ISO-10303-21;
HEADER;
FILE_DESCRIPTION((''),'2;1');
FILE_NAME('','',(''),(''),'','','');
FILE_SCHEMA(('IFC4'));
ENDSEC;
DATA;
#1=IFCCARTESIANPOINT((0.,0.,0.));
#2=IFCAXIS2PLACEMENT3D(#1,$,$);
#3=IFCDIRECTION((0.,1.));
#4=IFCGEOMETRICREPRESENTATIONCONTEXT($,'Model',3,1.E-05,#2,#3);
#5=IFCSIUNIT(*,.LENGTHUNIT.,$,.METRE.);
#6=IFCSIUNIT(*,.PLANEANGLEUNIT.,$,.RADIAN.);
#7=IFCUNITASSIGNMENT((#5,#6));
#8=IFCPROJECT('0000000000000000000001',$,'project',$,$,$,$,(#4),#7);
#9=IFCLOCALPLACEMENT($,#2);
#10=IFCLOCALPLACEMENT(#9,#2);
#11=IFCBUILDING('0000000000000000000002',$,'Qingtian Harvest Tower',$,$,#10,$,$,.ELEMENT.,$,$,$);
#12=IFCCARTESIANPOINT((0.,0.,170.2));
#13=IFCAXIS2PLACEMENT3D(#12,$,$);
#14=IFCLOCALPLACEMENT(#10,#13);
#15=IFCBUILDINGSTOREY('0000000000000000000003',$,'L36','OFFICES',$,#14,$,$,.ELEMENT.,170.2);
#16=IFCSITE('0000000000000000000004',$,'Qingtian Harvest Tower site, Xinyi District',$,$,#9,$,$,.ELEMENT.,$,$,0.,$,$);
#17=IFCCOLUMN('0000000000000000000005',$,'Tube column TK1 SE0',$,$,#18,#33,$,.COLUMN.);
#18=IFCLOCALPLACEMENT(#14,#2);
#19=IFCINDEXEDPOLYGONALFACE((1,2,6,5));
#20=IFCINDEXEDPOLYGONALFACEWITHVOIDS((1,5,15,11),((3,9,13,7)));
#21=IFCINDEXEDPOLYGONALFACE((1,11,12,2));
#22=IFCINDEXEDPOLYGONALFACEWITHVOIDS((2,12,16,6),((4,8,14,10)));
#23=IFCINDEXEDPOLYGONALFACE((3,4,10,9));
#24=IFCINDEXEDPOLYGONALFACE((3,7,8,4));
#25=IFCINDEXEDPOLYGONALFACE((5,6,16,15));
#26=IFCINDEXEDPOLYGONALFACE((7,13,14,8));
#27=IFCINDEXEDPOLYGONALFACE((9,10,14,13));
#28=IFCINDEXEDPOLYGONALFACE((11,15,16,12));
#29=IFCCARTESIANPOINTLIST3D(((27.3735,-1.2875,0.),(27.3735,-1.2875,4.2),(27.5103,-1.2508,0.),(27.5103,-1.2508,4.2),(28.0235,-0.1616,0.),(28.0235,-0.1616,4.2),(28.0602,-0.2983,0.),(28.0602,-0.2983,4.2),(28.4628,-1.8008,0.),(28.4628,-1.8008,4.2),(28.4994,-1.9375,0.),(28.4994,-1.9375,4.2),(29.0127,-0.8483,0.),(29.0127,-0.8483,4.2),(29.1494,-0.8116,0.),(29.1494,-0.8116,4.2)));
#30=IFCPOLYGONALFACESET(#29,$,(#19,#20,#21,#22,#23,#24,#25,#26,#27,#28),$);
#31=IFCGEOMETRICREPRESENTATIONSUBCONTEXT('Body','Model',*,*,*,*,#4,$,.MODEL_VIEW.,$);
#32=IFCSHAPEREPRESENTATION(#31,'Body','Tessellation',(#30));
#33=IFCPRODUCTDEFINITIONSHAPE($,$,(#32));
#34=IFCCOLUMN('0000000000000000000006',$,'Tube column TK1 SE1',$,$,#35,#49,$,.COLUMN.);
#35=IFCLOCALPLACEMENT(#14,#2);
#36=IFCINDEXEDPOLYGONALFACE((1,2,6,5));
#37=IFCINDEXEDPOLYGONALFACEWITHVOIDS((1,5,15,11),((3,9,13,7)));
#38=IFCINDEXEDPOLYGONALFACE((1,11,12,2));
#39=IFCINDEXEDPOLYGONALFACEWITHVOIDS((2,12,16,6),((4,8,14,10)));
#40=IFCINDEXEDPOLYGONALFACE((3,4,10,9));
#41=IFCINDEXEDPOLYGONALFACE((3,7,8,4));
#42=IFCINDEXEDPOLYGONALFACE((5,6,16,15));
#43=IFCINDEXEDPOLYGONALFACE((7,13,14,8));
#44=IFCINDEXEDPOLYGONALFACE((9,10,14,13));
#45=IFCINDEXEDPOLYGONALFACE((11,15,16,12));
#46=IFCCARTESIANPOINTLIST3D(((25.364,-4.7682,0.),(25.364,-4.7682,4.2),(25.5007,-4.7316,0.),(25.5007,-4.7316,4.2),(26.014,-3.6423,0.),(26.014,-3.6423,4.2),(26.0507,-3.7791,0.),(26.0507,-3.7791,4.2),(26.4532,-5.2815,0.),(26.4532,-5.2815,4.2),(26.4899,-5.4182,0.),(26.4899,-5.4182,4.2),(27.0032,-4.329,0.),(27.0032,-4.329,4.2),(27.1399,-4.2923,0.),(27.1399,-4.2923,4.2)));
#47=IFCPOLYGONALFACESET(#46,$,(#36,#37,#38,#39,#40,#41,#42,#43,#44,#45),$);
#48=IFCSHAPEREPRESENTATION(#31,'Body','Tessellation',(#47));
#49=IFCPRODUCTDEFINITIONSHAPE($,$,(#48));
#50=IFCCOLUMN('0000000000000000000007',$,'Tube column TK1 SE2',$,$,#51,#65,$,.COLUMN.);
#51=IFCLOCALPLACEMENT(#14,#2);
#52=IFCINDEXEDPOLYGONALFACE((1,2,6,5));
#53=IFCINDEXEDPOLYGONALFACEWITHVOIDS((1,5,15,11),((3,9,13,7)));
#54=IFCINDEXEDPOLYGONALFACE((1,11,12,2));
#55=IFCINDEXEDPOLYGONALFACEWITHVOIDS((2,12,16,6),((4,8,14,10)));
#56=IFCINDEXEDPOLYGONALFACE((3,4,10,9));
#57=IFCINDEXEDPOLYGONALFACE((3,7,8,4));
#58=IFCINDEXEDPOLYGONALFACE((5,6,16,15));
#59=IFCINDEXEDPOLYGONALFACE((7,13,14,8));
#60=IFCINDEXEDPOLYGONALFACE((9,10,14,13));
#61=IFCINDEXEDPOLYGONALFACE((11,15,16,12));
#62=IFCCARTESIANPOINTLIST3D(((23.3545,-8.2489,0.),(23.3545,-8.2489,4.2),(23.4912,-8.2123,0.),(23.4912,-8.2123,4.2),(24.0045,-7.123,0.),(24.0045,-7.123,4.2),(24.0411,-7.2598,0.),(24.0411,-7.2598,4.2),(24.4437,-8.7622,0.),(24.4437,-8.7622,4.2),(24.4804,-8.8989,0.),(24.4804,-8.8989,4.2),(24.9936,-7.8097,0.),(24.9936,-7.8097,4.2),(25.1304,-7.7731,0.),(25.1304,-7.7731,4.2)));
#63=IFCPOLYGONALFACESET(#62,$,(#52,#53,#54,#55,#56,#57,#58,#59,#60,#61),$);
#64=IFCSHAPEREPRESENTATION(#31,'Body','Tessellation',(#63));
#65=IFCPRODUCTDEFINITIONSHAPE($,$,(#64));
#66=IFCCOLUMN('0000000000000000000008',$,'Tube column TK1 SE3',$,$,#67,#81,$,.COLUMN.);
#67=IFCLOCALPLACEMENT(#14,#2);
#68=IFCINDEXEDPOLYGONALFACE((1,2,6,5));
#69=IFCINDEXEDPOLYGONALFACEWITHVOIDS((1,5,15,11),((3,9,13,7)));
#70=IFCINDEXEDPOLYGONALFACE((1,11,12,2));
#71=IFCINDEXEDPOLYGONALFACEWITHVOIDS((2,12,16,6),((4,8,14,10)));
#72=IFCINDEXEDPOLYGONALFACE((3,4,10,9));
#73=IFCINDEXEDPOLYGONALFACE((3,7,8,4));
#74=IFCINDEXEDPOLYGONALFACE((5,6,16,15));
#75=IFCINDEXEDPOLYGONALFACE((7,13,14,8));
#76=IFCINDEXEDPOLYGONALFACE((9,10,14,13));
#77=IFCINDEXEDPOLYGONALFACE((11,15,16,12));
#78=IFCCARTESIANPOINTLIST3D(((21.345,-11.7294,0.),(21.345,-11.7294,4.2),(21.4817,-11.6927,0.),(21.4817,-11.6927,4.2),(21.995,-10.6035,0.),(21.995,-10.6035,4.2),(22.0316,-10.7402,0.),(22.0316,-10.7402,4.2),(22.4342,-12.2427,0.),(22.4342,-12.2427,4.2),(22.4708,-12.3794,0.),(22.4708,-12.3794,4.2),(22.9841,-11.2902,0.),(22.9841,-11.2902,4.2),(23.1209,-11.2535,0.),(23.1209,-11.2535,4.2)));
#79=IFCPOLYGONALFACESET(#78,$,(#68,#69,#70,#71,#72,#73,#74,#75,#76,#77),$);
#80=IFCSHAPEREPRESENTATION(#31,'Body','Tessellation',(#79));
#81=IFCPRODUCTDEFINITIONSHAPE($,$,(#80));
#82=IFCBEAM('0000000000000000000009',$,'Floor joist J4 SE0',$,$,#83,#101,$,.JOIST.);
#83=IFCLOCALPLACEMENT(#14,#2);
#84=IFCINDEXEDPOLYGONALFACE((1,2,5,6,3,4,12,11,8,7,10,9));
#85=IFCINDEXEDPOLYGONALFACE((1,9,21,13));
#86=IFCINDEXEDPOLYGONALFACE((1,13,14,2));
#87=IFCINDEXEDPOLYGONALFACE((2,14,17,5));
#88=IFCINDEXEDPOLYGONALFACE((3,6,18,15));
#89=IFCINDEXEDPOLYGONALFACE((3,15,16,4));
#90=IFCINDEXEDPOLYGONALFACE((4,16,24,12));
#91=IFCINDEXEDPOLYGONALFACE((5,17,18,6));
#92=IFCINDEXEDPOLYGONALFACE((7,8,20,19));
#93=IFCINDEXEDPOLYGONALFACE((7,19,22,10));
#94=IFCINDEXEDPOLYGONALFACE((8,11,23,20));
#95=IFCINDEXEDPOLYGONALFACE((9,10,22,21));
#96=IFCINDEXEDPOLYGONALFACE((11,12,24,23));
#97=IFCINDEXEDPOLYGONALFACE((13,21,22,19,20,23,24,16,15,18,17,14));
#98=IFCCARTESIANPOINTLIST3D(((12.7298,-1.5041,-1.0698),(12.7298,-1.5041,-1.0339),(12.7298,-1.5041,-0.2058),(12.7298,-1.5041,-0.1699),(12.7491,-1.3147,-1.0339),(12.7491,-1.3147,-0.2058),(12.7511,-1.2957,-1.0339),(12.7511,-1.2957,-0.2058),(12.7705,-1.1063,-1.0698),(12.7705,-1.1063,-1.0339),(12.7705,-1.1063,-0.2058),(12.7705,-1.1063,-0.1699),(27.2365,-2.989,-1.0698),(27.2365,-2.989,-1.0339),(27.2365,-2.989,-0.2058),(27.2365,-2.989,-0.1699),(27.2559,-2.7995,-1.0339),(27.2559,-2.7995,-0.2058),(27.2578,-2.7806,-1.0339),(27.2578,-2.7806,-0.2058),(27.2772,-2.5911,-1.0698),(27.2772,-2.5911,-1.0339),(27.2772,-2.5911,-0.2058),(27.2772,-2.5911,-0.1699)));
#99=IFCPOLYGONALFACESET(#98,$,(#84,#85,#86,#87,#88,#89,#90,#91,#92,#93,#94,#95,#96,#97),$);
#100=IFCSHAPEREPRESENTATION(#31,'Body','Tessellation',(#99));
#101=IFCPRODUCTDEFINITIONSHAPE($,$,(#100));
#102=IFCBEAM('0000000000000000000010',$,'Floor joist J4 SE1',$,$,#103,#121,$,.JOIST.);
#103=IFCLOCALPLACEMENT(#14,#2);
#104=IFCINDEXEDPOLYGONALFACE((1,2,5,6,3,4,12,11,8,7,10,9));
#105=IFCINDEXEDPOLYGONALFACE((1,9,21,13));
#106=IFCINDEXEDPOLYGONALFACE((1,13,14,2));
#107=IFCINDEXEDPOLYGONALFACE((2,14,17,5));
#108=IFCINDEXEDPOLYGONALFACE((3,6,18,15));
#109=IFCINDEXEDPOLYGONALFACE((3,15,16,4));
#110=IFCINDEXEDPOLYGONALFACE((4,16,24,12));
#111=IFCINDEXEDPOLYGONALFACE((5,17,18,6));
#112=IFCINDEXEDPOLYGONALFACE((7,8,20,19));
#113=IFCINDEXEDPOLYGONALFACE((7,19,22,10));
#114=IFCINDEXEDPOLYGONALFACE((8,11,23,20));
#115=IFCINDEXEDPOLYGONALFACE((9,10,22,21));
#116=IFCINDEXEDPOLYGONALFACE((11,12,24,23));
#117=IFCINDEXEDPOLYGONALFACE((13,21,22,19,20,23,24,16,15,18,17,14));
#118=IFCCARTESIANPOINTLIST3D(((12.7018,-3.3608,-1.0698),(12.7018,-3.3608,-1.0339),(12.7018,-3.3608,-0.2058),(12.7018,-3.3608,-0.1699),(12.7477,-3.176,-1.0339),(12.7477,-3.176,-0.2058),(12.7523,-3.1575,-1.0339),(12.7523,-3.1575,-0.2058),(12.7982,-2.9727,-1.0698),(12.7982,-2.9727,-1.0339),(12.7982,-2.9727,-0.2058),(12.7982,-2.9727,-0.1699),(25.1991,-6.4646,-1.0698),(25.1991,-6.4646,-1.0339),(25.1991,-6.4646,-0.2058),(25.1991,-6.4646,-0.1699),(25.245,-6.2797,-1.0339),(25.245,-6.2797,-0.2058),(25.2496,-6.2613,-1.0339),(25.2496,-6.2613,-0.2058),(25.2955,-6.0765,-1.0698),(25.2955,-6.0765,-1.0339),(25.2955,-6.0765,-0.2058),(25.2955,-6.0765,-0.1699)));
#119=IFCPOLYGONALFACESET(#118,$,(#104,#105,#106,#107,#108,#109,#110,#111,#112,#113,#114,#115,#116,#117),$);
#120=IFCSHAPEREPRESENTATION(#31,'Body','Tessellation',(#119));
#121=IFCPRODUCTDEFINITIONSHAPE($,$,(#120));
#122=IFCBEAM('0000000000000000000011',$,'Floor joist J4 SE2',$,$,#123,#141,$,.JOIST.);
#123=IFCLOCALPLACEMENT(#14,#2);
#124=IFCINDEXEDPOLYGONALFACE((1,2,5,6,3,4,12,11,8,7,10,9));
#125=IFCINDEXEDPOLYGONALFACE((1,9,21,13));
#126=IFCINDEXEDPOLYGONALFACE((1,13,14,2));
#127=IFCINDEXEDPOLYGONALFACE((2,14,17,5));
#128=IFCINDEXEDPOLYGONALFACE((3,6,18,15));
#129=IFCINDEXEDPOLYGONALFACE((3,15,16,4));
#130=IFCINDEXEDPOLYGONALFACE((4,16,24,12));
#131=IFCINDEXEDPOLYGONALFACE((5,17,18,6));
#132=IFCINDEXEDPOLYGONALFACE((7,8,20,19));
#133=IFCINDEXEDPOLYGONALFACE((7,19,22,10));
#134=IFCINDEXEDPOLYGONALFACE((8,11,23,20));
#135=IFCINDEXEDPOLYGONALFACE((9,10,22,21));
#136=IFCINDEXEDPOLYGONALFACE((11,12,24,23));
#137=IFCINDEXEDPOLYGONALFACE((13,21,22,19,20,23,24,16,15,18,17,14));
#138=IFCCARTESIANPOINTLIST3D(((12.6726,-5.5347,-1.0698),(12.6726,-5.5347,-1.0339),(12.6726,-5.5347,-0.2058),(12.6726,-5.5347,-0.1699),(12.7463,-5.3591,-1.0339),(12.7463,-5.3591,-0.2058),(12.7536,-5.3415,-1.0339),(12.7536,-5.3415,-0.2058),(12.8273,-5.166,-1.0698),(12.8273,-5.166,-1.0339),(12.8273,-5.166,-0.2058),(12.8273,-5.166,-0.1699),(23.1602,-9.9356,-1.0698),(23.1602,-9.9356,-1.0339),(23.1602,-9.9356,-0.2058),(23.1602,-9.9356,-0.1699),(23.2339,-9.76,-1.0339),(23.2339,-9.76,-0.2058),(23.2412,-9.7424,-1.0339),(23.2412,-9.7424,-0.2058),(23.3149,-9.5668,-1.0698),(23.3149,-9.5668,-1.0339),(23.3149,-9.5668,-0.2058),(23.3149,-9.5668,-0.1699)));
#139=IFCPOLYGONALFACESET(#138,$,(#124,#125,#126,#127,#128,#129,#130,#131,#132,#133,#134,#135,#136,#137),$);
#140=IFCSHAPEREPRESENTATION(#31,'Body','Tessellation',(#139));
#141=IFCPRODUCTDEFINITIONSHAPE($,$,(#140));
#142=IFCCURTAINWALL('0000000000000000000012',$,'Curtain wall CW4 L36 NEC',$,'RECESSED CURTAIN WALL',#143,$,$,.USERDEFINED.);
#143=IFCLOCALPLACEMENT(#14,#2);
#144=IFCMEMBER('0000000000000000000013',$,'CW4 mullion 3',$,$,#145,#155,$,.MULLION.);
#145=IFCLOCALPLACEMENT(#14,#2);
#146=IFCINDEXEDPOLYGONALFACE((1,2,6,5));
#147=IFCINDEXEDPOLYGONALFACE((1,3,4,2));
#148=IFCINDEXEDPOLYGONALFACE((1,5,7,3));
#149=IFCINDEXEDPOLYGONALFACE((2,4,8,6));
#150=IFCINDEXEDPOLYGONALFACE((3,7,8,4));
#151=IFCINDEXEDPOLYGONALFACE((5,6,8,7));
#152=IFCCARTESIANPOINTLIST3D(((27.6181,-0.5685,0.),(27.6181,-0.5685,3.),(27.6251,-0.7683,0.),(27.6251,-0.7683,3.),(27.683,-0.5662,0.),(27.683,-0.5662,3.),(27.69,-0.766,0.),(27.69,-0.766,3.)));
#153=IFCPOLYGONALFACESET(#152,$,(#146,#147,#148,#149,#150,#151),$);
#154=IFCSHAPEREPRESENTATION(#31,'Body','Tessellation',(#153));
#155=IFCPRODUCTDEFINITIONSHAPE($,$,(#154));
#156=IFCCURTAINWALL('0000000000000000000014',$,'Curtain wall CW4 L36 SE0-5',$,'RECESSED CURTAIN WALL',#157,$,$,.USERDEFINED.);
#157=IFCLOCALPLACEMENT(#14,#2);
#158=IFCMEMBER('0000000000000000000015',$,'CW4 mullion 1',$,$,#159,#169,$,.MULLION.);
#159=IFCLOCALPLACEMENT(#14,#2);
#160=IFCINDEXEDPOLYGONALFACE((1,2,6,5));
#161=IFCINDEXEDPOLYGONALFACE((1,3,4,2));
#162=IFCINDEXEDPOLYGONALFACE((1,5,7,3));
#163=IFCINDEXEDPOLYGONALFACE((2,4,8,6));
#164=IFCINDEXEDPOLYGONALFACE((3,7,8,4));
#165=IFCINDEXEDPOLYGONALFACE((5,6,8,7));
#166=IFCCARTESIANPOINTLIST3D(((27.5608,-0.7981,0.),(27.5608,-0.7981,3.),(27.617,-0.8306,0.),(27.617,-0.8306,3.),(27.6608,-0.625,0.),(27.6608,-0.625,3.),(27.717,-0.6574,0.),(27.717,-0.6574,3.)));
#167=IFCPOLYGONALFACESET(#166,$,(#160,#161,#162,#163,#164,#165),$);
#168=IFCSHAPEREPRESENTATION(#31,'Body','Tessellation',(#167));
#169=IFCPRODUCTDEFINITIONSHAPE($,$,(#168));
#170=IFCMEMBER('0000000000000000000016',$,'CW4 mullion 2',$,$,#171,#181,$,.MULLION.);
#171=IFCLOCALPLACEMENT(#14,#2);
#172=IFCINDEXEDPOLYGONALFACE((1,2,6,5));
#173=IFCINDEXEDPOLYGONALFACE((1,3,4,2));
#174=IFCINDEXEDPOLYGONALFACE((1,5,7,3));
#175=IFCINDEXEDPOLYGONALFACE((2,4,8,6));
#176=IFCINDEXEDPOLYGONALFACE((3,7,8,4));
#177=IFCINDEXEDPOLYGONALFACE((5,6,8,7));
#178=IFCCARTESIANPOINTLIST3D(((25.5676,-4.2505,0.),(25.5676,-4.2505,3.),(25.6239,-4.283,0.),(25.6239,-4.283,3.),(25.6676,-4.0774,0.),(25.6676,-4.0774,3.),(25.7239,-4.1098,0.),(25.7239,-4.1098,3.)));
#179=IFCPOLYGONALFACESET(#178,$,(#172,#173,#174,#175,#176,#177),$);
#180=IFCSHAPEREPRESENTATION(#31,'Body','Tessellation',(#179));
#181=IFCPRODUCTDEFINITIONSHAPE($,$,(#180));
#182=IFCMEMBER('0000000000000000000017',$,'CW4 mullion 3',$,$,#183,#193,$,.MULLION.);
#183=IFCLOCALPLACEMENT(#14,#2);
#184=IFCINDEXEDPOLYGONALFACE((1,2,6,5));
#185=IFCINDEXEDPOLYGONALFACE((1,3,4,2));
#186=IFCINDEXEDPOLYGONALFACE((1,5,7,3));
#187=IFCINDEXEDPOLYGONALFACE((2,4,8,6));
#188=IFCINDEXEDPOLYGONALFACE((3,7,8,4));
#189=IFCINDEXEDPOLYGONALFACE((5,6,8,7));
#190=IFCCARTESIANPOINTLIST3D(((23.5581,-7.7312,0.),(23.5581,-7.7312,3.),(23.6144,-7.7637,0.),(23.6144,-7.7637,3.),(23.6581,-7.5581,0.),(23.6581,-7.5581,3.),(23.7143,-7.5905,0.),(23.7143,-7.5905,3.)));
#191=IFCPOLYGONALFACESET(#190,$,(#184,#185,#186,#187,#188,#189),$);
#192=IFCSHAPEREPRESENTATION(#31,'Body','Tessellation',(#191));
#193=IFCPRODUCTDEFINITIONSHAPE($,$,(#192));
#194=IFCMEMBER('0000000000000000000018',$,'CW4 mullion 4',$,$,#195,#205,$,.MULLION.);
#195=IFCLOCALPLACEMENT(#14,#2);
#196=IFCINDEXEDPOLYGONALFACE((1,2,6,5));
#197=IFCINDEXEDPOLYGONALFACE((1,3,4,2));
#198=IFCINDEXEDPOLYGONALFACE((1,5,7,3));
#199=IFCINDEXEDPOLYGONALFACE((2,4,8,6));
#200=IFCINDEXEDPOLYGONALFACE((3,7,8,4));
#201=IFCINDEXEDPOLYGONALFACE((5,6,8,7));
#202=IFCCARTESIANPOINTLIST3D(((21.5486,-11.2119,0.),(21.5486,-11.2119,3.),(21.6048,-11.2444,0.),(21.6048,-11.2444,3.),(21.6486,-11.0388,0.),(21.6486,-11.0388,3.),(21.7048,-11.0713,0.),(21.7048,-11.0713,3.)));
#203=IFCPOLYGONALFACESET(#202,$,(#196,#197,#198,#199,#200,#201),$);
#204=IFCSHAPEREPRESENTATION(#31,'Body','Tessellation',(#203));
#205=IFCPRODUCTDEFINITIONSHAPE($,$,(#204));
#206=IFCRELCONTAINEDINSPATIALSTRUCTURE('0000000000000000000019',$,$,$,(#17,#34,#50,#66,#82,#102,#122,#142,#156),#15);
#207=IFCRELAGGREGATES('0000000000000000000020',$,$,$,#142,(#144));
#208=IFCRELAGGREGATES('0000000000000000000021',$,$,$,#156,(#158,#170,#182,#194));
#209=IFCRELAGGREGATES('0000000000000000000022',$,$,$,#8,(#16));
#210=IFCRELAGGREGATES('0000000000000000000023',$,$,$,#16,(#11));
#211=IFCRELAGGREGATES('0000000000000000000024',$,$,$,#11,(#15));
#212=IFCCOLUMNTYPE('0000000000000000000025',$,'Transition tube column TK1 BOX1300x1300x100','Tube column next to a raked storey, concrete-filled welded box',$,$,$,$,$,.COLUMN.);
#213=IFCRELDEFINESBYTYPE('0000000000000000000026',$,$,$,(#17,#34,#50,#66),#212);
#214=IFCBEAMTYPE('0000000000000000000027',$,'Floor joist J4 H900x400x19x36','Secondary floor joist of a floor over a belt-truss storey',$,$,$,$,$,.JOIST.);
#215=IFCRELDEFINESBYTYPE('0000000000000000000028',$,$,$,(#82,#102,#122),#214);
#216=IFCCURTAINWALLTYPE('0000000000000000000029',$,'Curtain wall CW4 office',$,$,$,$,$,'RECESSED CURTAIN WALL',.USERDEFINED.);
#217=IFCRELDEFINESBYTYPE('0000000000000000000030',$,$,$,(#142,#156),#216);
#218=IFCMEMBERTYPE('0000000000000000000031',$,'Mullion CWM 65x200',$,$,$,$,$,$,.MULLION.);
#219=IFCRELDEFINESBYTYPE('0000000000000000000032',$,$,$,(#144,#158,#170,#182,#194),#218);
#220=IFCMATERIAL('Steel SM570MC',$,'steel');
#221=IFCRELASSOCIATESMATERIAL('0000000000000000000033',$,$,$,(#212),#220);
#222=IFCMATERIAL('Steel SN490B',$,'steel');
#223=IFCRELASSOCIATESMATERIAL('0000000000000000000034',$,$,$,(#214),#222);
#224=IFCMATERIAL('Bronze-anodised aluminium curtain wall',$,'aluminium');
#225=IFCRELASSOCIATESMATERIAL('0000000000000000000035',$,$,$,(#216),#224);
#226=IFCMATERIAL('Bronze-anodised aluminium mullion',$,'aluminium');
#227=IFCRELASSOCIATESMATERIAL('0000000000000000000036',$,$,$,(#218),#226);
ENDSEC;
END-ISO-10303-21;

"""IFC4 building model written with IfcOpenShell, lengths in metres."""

from ifc_helpers import new_model, si_unit, direction, frame, origin, origin_2d, place, context, subcontext, project, spatial, rectangle, hollow_rectangle, i_section, extrude, material, material_profile, profile_set, type_object, element, aggregate, save


model = new_model("IFC4")

# Units and contexts
model_context = context("Model", 3, precision=1e-05, world=origin(), true_north=direction((0.0, 1.0)))
body_context = subcontext(model_context, "Body", "Model", "MODEL_VIEW")
ifc_project = project(units=[si_unit("LENGTHUNIT", "METRE"), si_unit("PLANEANGLEUNIT", "RADIAN")], contexts=[model_context])

# Site, building, storey
site_placement = place(None, origin())
site = spatial("IfcSite", under=ifc_project, at=site_placement, Name="Qingtian Harvest Tower site, Xinyi District", CompositionType="ELEMENT", RefElevation=0.0)
building_placement = place(site_placement, origin())
building = spatial("IfcBuilding", under=site, at=building_placement, Name="Qingtian Harvest Tower", CompositionType="ELEMENT")
storey_placement = place(building_placement, frame((0.0, 0.0, 170.2)))
storey = spatial("IfcBuildingStorey", under=building, at=storey_placement, Name="L36", Description="OFFICES", CompositionType="ELEMENT", Elevation=170.2)

# Columns
ifc_material_1 = material(Name="Steel SM570MC", Category="steel")
ifc_material_profile_1 = material_profile(ifc_material_1, hollow_rectangle(XDim=1.3, YDim=1.3, WallThickness=0.1001, at=origin_2d()), Name="BOX1300x1300x100")
ifc_profile_set_1 = profile_set([ifc_material_profile_1], Name="Steel SM570MC")
column_type = type_object("IfcColumnType", Name="Transition tube column TK1 BOX1300x1300x100", Description="Tube column next to a raked storey, concrete-filled welded box", PredefinedType="COLUMN", material=ifc_profile_set_1)
for number, where, z_axis, x_axis, name in (
    (1, (28.2615, -1.0496, 0.0), (0.0, 0.0, 1.0), (0.5, 0.866025, 0.0), "Tube column TK1 SE0"),
    (2, (26.252, -4.5303, 0.0), (0.0, 0.0, 1.0), (0.5, 0.866025, 0.0), "Tube column TK1 SE1"),
    (3, (24.2424, -8.011, 0.0), (0.0, 0.0, 1.0), (0.5, 0.866025, 0.0), "Tube column TK1 SE2"),
    (4, (22.2329, -11.4915, 0.0), (0.0, 0.0, 1.0), (0.5, 0.866025, 0.0), "Tube column TK1 SE3"),
):
    element("IfcColumn", number, at=place(storey_placement, frame(where, z_axis=z_axis, x_axis=x_axis)), inside=storey, type_object=column_type, Name=name, PredefinedType="COLUMN", context=body_context, shape_type="SweptSolid", body=[
        extrude(hollow_rectangle(XDim=1.3, YDim=1.3, WallThickness=0.1001, at=origin_2d()), origin(), (0.0, 0.0, 1.0), 4.2),
    ])

# Beams
ifc_material_2 = material(Name="Steel SN490B", Category="steel")
ifc_material_profile_2 = material_profile(ifc_material_2, i_section(OverallWidth=0.3999, OverallDepth=0.8999, WebThickness=0.019, FlangeThickness=0.0359, at=origin_2d()), Name="H900x400x19x36")
ifc_profile_set_2 = profile_set([ifc_material_profile_2], Name="Steel SN490B")
beam_type_1 = type_object("IfcBeamType", Name="Floor joist J4 H900x400x19x36", Description="Secondary floor joist of a floor over a belt-truss storey", PredefinedType="JOIST", material=ifc_profile_set_2)
beam_1_placement = place(storey_placement, frame((27.2568, -2.79, -0.6199), z_axis=(-0.994802, 0.101824, 0.0), x_axis=(-0.101824, -0.994802, 0.0)))
element("IfcBeam", 5, at=beam_1_placement, inside=storey, type_object=beam_type_1, Name="Floor joist J4 SE0", PredefinedType="JOIST", context=body_context, shape_type="SweptSolid", body=[
    extrude(i_section(OverallWidth=0.3999, OverallDepth=0.8999, WebThickness=0.019, FlangeThickness=0.0359, at=origin_2d()), origin(), (0.0, 0.0, 1.0), 14.5825),
])
beam_2_placement = place(storey_placement, frame((25.2473, -6.2705, -0.6199), z_axis=(-0.970517, 0.241032, 0.0), x_axis=(-0.241032, -0.970517, 0.0)))
element("IfcBeam", 6, at=beam_2_placement, inside=storey, type_object=beam_type_1, Name="Floor joist J4 SE1", PredefinedType="JOIST", context=body_context, shape_type="SweptSolid", body=[
    extrude(i_section(OverallWidth=0.3999, OverallDepth=0.8999, WebThickness=0.019, FlangeThickness=0.0359, at=origin_2d()), origin(), (0.0, 0.0, 1.0), 12.877),
])
beam_3_placement = place(storey_placement, frame((23.2375, -9.7512, -0.6199), z_axis=(-0.922104, 0.386942, 0.0), x_axis=(-0.386942, -0.922104, 0.0)))
element("IfcBeam", 7, at=beam_3_placement, inside=storey, type_object=beam_type_1, Name="Floor joist J4 SE2", PredefinedType="JOIST", context=body_context, shape_type="SweptSolid", body=[
    extrude(i_section(OverallWidth=0.3999, OverallDepth=0.8999, WebThickness=0.019, FlangeThickness=0.0359, at=origin_2d()), origin(), (0.0, 0.0, 1.0), 11.3735),
])

# Curtain wall, member
ifc_material_3 = material(Name="Bronze-anodised aluminium curtain wall", Category="aluminium")
curtain_wall_type = type_object("IfcCurtainWallType", Name="Curtain wall CW4 office", ElementType="RECESSED CURTAIN WALL", PredefinedType="USERDEFINED", material=ifc_material_3)
curtain_wall_1_placement = place(storey_placement, origin())
curtain_wall_1 = element("IfcCurtainWall", 8, at=curtain_wall_1_placement, inside=storey, type_object=curtain_wall_type, Name="Curtain wall CW4 L36 NEC", ObjectType="RECESSED CURTAIN WALL", PredefinedType="USERDEFINED")
ifc_material_4 = material(Name="Bronze-anodised aluminium mullion", Category="aluminium")
ifc_material_profile_3 = material_profile(ifc_material_4, rectangle(XDim=0.0649, YDim=0.2, at=origin_2d()), Name="AL 65x200")
ifc_profile_set_3 = profile_set([ifc_material_profile_3], Name="Bronze-anodised aluminium mullion")
member_type_1 = type_object("IfcMemberType", Name="Mullion CWM 65x200", PredefinedType="MULLION", material=ifc_profile_set_3)
member_1_placement = place(storey_placement, frame((27.6541, -0.6672, 0.0), z_axis=(0.0, 0.0, 1.0), x_axis=(0.999391, 0.034899, 0.0)))
member_1 = element("IfcMember", 9, at=member_1_placement, type_object=member_type_1, Name="CW4 mullion 3", PredefinedType="MULLION", context=body_context, shape_type="SweptSolid", body=[
    extrude(rectangle(XDim=0.0649, YDim=0.2, at=origin_2d()), origin(), (0.0, 0.0, 1.0), 3.0),
])
aggregate(curtain_wall_1, [member_1])

# Curtain wall, members
curtain_wall_2_placement = place(storey_placement, origin())
curtain_wall_2 = element("IfcCurtainWall", 10, at=curtain_wall_2_placement, inside=storey, type_object=curtain_wall_type, Name="Curtain wall CW4 L36 SE0-5", ObjectType="RECESSED CURTAIN WALL", PredefinedType="USERDEFINED")
member_2_placement = place(storey_placement, frame((27.6389, -0.7278, 0.0), z_axis=(0.0, 0.0, 1.0), x_axis=(0.866025, -0.5, 0.0)))
member_2 = element("IfcMember", 11, at=member_2_placement, type_object=member_type_1, Name="CW4 mullion 1", PredefinedType="MULLION", context=body_context, shape_type="SweptSolid", body=[
    extrude(rectangle(XDim=0.0649, YDim=0.2, at=origin_2d()), origin(), (0.0, 0.0, 1.0), 3.0),
])
member_3_placement = place(storey_placement, frame((25.6458, -4.1802, 0.0), z_axis=(0.0, 0.0, 1.0), x_axis=(0.866025, -0.5, 0.0)))
member_3 = element("IfcMember", 12, at=member_3_placement, type_object=member_type_1, Name="CW4 mullion 2", PredefinedType="MULLION", context=body_context, shape_type="SweptSolid", body=[
    extrude(rectangle(XDim=0.0649, YDim=0.2, at=origin_2d()), origin(), (0.0, 0.0, 1.0), 3.0),
])
member_4_placement = place(storey_placement, frame((23.6362, -7.6609, 0.0), z_axis=(0.0, 0.0, 1.0), x_axis=(0.866025, -0.5, 0.0)))
member_4 = element("IfcMember", 13, at=member_4_placement, type_object=member_type_1, Name="CW4 mullion 3", PredefinedType="MULLION", context=body_context, shape_type="SweptSolid", body=[
    extrude(rectangle(XDim=0.0649, YDim=0.2, at=origin_2d()), origin(), (0.0, 0.0, 1.0), 3.0),
])
member_5_placement = place(storey_placement, frame((21.6267, -11.1416, 0.0), z_axis=(0.0, 0.0, 1.0), x_axis=(0.866025, -0.5, 0.0)))
member_5 = element("IfcMember", 14, at=member_5_placement, type_object=member_type_1, Name="CW4 mullion 4", PredefinedType="MULLION", context=body_context, shape_type="SweptSolid", body=[
    extrude(rectangle(XDim=0.0649, YDim=0.2, at=origin_2d()), origin(), (0.0, 0.0, 1.0), 3.0),
])

aggregate(curtain_wall_2, [member_2, member_3, member_4, member_5])

save(model, "model.ifc")
